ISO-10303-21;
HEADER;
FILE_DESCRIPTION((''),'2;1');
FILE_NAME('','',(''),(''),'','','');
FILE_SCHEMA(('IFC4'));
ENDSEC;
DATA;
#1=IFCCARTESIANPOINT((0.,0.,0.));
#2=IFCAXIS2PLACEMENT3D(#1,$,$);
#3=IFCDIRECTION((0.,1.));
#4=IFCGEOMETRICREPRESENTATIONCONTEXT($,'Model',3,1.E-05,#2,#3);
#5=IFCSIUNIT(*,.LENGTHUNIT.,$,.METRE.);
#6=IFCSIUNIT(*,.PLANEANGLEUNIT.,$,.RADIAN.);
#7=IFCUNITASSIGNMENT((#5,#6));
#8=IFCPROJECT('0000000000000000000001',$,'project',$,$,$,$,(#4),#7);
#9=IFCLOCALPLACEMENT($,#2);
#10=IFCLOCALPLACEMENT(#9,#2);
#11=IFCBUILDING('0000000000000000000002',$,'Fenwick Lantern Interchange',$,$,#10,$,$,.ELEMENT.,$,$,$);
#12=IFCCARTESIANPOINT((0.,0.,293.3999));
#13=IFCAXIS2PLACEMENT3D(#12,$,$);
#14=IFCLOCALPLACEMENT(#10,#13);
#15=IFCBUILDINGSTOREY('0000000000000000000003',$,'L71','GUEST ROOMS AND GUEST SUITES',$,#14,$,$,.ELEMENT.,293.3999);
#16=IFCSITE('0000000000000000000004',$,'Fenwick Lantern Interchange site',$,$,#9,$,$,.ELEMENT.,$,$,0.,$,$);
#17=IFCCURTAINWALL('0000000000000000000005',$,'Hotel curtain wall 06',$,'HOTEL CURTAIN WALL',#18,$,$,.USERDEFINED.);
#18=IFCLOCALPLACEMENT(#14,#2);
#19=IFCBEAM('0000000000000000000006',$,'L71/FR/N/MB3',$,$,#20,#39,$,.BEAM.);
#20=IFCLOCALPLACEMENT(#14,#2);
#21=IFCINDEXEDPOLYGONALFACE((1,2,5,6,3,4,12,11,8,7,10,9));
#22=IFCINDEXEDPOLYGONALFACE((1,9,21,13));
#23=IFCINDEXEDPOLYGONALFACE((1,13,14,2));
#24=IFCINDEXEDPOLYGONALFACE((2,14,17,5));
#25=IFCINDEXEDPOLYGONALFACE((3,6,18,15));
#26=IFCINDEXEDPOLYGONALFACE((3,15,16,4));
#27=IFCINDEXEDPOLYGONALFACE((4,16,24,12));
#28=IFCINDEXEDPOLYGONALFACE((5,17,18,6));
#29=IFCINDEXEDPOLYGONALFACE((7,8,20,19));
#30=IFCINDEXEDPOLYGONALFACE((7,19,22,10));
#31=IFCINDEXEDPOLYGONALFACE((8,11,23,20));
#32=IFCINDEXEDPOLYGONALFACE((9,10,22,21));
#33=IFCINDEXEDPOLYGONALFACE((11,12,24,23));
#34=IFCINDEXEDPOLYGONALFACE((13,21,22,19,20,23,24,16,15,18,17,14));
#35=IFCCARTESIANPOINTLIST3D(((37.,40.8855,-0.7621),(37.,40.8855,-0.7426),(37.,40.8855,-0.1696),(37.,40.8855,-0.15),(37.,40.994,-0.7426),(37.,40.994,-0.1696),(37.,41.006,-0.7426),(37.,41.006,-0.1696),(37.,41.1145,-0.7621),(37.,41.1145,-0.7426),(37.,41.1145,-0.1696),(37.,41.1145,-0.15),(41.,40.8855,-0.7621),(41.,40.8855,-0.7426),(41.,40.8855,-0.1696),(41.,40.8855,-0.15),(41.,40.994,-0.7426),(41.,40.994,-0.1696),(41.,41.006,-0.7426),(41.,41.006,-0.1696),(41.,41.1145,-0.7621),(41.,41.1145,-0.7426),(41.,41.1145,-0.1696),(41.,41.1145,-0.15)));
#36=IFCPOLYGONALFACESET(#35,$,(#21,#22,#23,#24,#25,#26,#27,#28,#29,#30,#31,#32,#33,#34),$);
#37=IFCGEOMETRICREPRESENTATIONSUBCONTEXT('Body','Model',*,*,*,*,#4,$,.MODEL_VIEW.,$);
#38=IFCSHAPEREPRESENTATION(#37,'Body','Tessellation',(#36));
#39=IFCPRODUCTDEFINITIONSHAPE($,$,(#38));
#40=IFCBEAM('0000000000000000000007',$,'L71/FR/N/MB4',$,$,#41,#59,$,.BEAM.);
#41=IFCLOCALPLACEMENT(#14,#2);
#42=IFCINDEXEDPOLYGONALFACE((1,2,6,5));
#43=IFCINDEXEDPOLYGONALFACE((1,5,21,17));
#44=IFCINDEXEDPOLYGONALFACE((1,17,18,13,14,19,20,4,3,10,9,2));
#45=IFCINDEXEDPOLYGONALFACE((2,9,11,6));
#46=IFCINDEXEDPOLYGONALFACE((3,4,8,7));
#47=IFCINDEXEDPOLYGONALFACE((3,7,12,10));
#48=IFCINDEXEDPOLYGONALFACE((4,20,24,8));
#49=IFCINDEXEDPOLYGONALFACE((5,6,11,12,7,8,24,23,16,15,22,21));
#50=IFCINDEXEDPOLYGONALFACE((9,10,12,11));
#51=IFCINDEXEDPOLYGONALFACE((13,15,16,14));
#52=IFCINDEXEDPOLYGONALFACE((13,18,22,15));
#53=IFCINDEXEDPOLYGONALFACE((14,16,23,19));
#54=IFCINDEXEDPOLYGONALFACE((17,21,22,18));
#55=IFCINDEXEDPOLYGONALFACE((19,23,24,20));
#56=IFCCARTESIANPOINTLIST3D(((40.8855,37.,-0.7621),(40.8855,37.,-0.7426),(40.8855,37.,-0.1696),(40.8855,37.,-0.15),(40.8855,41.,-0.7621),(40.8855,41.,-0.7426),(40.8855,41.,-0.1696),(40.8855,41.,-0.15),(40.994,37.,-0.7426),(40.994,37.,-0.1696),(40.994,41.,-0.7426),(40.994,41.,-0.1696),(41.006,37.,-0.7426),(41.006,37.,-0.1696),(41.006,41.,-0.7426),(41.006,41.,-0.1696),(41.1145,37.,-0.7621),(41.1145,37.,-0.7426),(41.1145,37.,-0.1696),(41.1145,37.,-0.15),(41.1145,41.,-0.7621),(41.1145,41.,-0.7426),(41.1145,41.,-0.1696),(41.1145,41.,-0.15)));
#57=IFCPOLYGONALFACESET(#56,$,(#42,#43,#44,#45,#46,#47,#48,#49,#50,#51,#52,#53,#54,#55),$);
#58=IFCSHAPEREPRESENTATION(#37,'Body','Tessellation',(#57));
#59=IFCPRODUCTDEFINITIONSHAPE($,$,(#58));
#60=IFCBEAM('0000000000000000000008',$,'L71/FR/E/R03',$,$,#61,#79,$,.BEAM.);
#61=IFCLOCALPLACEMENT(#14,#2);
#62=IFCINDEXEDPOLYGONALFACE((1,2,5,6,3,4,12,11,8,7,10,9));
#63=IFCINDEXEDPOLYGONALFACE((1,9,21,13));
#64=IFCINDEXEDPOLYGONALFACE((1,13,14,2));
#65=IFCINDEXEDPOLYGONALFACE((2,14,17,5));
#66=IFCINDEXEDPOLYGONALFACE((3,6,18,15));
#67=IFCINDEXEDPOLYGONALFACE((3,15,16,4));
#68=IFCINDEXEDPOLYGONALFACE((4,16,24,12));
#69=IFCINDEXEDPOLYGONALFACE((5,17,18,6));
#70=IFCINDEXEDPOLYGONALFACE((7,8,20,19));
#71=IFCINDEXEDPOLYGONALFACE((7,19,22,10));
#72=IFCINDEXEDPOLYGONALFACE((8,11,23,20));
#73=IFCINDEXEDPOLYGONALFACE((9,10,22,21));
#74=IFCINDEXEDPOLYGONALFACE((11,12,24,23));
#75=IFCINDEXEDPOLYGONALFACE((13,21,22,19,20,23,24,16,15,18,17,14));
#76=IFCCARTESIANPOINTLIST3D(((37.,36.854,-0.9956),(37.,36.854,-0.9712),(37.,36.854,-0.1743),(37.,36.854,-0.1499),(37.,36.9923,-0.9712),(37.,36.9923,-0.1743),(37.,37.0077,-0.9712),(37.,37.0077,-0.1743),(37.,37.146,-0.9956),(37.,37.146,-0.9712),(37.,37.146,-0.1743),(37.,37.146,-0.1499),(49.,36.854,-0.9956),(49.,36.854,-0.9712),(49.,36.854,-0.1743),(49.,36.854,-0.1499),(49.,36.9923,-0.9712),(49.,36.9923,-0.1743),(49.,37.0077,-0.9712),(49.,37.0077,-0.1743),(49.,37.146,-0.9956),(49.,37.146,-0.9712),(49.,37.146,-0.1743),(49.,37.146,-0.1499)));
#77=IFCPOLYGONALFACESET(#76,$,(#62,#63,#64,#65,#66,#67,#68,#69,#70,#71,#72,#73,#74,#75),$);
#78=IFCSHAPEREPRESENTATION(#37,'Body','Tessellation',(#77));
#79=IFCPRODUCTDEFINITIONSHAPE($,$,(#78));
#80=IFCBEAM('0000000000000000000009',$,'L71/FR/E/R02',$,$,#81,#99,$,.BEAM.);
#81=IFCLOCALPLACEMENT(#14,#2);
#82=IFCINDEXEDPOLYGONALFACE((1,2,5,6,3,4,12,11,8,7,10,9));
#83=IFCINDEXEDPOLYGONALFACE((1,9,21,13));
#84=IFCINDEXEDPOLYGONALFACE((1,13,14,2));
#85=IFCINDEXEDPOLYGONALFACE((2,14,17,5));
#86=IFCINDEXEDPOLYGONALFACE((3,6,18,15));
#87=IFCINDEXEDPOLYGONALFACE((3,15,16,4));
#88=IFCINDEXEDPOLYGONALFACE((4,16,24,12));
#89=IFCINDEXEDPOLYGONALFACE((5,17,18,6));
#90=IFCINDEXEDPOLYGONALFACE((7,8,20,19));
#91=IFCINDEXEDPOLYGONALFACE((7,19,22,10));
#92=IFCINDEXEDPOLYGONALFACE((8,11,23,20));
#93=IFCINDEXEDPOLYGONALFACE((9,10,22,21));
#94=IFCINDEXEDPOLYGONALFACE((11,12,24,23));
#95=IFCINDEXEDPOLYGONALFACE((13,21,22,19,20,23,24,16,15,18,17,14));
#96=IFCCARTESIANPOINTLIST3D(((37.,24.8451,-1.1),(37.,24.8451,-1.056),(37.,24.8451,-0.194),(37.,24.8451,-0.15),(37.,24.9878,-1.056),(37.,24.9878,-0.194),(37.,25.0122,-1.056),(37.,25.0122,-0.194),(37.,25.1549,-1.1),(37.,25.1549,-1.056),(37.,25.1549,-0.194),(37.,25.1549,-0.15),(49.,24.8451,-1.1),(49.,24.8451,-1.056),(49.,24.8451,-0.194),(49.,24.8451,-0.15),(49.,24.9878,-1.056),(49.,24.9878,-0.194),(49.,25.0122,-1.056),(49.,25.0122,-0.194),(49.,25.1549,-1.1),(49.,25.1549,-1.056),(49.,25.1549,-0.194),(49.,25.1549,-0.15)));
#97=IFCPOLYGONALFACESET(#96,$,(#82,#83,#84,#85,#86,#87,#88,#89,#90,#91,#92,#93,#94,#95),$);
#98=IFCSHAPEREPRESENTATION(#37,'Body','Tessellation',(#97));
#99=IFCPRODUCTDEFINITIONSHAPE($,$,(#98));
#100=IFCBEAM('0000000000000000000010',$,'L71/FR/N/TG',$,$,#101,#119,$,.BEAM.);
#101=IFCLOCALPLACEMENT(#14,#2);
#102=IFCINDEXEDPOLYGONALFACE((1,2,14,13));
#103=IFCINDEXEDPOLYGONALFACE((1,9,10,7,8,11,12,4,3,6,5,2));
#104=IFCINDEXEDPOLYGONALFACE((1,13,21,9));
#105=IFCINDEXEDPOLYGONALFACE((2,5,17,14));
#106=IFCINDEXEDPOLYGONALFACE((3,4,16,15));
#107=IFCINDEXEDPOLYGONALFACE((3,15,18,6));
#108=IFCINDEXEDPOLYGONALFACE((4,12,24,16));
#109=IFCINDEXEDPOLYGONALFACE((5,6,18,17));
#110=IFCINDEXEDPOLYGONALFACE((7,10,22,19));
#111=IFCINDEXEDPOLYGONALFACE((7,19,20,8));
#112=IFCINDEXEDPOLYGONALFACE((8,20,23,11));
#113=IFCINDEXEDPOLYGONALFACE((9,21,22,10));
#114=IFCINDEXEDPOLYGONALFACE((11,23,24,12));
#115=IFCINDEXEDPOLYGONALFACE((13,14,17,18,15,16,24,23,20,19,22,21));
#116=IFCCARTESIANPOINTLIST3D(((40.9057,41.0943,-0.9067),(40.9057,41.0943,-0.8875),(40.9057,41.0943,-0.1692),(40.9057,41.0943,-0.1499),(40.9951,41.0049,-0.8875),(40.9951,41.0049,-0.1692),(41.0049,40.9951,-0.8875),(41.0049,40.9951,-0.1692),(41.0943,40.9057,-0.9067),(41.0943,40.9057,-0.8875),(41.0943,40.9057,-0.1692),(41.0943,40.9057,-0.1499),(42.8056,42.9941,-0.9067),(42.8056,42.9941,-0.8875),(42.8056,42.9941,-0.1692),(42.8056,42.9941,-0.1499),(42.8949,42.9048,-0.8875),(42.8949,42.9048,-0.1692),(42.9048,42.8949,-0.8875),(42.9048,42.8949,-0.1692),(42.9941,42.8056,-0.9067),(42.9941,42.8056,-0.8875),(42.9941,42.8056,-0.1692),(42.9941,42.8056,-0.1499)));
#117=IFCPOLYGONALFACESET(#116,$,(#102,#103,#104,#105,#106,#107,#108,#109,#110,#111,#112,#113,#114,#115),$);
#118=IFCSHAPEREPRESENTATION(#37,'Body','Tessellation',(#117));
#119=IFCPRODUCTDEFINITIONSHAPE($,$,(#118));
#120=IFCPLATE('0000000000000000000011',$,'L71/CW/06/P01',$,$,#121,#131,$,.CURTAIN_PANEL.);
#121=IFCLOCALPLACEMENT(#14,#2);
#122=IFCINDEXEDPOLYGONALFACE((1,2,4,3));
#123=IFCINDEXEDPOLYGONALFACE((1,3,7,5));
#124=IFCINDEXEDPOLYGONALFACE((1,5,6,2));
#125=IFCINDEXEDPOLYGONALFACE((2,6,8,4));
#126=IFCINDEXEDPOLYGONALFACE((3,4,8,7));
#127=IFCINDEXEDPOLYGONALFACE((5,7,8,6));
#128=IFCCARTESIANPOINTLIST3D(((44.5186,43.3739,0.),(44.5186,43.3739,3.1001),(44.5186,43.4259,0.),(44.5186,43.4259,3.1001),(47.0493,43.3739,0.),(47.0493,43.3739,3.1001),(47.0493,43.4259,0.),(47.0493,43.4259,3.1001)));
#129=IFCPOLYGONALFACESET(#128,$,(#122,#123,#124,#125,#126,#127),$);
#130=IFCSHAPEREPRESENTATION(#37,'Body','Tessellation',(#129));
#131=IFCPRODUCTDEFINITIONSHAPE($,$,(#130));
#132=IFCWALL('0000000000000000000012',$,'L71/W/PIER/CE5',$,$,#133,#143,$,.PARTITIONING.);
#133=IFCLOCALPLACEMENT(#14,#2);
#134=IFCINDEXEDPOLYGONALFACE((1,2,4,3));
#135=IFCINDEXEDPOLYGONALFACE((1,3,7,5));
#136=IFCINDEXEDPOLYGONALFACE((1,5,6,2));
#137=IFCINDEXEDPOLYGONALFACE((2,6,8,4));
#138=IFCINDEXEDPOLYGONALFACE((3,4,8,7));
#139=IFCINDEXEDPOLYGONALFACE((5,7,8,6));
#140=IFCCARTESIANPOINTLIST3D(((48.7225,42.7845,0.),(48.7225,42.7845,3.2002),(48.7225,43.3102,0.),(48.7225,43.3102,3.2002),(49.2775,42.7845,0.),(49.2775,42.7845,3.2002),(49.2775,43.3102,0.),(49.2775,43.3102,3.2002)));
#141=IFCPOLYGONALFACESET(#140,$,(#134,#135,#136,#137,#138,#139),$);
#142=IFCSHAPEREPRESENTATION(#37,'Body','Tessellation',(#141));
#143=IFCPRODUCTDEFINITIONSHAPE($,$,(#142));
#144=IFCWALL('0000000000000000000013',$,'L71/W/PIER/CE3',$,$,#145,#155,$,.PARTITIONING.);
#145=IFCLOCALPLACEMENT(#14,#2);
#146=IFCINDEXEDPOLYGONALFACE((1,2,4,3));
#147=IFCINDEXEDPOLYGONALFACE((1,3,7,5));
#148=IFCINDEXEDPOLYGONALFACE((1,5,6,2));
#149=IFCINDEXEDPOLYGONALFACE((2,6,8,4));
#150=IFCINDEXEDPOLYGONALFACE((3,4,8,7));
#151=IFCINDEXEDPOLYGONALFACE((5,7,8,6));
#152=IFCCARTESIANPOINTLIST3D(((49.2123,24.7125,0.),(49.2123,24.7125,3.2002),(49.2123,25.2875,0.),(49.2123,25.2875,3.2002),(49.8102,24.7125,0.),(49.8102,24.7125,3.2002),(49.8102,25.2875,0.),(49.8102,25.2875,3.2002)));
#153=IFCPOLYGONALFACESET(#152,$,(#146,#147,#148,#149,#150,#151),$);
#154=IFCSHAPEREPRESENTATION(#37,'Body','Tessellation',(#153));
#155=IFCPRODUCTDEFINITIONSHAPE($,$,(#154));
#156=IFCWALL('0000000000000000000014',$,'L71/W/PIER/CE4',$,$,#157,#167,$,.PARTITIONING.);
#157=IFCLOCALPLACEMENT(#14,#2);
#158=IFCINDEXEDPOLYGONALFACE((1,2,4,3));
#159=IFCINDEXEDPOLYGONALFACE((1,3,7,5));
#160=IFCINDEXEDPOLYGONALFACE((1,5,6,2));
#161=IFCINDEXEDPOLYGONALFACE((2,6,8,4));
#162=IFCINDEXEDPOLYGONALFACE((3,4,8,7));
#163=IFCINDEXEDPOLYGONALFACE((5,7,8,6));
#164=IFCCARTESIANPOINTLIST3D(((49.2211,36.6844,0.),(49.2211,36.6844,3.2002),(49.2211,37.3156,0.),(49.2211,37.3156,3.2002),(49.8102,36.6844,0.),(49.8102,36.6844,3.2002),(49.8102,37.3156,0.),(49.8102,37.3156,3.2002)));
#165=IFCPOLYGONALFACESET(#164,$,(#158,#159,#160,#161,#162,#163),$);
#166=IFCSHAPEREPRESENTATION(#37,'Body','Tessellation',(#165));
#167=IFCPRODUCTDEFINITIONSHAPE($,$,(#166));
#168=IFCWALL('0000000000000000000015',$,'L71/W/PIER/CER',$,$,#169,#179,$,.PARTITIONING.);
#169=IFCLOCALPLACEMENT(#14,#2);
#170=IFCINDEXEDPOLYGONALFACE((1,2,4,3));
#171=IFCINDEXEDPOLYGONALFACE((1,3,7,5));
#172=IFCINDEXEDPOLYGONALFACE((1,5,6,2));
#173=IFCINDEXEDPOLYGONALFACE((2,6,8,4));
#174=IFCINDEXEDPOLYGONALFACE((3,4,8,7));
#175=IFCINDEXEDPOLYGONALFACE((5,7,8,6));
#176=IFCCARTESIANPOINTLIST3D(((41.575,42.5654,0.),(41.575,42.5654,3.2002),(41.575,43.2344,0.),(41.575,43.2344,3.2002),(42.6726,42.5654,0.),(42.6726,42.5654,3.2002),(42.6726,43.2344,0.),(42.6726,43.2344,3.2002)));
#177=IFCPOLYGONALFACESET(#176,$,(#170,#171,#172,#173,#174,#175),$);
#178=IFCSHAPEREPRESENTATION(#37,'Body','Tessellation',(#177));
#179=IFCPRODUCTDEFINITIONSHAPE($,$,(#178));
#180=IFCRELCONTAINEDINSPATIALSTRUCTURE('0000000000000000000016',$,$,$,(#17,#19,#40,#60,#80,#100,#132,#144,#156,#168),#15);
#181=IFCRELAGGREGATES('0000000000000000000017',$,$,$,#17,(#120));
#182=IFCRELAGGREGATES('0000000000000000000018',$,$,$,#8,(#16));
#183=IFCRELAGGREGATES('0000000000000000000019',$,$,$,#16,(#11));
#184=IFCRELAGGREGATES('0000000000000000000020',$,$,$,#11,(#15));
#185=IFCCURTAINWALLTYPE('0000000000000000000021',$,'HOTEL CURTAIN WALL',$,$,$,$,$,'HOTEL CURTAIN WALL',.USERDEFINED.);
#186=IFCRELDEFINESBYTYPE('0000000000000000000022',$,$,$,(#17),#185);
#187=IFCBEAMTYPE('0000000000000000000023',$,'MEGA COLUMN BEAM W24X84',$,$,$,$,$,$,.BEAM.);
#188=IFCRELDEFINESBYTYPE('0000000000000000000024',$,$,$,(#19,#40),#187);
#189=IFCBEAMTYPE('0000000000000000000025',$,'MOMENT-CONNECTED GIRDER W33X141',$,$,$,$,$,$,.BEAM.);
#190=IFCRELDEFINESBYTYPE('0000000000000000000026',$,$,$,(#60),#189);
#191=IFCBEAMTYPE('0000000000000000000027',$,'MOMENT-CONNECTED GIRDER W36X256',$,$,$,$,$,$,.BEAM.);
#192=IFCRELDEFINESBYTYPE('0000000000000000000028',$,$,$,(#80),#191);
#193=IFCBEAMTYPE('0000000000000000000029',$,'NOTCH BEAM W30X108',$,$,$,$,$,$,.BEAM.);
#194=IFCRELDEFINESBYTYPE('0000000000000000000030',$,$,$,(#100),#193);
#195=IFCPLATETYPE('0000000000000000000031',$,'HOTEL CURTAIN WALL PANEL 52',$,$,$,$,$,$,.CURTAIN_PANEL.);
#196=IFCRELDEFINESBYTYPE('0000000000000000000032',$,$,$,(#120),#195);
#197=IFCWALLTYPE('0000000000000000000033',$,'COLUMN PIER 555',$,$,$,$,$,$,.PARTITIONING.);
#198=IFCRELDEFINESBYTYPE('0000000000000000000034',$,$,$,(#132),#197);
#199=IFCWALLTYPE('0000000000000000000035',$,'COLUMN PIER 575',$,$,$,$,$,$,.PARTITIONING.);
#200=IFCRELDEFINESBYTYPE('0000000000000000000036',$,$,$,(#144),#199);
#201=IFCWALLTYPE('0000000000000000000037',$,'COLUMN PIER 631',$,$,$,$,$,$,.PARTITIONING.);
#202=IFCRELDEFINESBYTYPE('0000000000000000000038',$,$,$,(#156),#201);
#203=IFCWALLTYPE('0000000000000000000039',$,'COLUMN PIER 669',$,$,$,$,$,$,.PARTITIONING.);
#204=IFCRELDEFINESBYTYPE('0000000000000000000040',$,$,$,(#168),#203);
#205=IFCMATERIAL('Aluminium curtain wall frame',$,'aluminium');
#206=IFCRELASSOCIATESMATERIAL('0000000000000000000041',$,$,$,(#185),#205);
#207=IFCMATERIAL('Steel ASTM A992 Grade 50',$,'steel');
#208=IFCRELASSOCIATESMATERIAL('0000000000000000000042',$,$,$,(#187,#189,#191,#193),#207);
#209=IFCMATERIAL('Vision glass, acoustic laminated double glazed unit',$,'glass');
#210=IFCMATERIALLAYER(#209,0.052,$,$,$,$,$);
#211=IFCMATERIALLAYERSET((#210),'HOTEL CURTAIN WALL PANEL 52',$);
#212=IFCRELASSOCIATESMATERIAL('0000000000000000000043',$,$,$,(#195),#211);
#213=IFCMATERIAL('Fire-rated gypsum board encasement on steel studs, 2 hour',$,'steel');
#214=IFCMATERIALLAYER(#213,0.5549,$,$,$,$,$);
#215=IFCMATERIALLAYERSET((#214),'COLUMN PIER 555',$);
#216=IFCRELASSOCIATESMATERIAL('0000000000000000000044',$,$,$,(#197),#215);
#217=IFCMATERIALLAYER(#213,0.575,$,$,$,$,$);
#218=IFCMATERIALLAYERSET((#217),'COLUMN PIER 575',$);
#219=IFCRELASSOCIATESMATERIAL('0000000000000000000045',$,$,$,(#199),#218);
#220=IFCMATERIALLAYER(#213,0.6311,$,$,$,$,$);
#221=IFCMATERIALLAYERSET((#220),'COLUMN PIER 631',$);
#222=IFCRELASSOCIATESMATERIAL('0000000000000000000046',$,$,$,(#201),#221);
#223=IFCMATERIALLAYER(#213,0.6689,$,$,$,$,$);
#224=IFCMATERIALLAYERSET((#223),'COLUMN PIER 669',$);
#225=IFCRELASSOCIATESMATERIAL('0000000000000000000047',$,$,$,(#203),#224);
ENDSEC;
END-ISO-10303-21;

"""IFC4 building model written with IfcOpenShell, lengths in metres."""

from ifc_helpers import new_model, si_unit, direction, frame, frame_2d, origin, origin_2d, place, context, subcontext, project, spatial, rectangle, i_section, extrude, material, layer, layer_set, material_profile, profile_set, type_object, element, aggregate, save


model = new_model("IFC4")

# Units and contexts
model_context = context("Model", 3, precision=1e-05, world=origin(), true_north=direction((0.0, 1.0)))
body_context = subcontext(model_context, "Body", "Model", "MODEL_VIEW")
ifc_project = project(units=[si_unit("LENGTHUNIT", "METRE"), si_unit("PLANEANGLEUNIT", "RADIAN")], contexts=[model_context])

# Site, building, storey
site_placement = place(None, origin())
site = spatial("IfcSite", under=ifc_project, at=site_placement, Name="Fenwick Lantern Interchange site", CompositionType="ELEMENT", RefElevation=0.0)
building_placement = place(site_placement, origin())
building = spatial("IfcBuilding", under=site, at=building_placement, Name="Fenwick Lantern Interchange", CompositionType="ELEMENT")
storey_placement = place(building_placement, frame((0.0, 0.0, 293.3999)))
storey = spatial("IfcBuildingStorey", under=building, at=storey_placement, Name="L71", Description="GUEST ROOMS AND GUEST SUITES", CompositionType="ELEMENT", Elevation=293.3999)

# Shared definitions
ifc_material_1 = material(Name="Steel ASTM A992 Grade 50", Category="steel")

# Shared definitions
ifc_material_2 = material(Name="Aluminium curtain wall frame", Category="aluminium")
curtain_wall_type = type_object("IfcCurtainWallType", Name="HOTEL CURTAIN WALL", ElementType="HOTEL CURTAIN WALL", PredefinedType="USERDEFINED", material=ifc_material_2)

# Curtain wall
curtain_wall_1_placement = place(storey_placement, origin())
curtain_wall_1 = element("IfcCurtainWall", 1, at=curtain_wall_1_placement, inside=storey, type_object=curtain_wall_type, Name="Hotel curtain wall 06", ObjectType="HOTEL CURTAIN WALL", PredefinedType="USERDEFINED")

# Beams
ifc_material_profile_1 = material_profile(ifc_material_1, i_section(OverallWidth=0.229, OverallDepth=0.6121, WebThickness=0.012, FlangeThickness=0.0195, at=origin_2d()), Name="W24X84")
ifc_profile_set_1 = profile_set([ifc_material_profile_1], Name="Steel ASTM A992 Grade 50")
beam_type_1 = type_object("IfcBeamType", Name="MEGA COLUMN BEAM W24X84", PredefinedType="BEAM", material=ifc_profile_set_1)
for number, where, z_axis, x_axis, name in (
    (2, (41.0, 41.0, -0.4561), (-1.0, 0.0, 0.0), (0.0, -1.0, 0.0), "L71/FR/N/MB3"),
    (3, (41.0, 41.0, -0.4561), (0.0, -1.0, 0.0), (1.0, 0.0, 0.0), "L71/FR/N/MB4"),
):
    element("IfcBeam", number, at=place(storey_placement, frame(where, z_axis=z_axis, x_axis=x_axis)), inside=storey, type_object=beam_type_1, Name=name, PredefinedType="BEAM", context=body_context, shape_type="SweptSolid", body=[
        extrude(i_section(OverallWidth=0.229, OverallDepth=0.6121, WebThickness=0.012, FlangeThickness=0.0195, at=origin_2d()), origin(), (0.0, 0.0, 1.0), 4.0),
    ])
ifc_material_profile_2 = material_profile(ifc_material_1, i_section(OverallWidth=0.292, OverallDepth=0.8457, WebThickness=0.0154, FlangeThickness=0.0244, at=origin_2d()), Name="W33X141")
ifc_profile_set_2 = profile_set([ifc_material_profile_2], Name="Steel ASTM A992 Grade 50")
beam_type_2 = type_object("IfcBeamType", Name="MOMENT-CONNECTED GIRDER W33X141", PredefinedType="BEAM", material=ifc_profile_set_2)
beam_1_placement = place(storey_placement, frame((49.0, 37.0, -0.5728), z_axis=(-1.0, 0.0, 0.0), x_axis=(0.0, -1.0, 0.0)))
element("IfcBeam", 4, at=beam_1_placement, inside=storey, type_object=beam_type_2, Name="L71/FR/E/R03", PredefinedType="BEAM", context=body_context, shape_type="SweptSolid", body=[
    extrude(i_section(OverallWidth=0.292, OverallDepth=0.8457, WebThickness=0.0154, FlangeThickness=0.0244, at=origin_2d()), origin(), (0.0, 0.0, 1.0), 12.0),
])
ifc_material_profile_3 = material_profile(ifc_material_1, i_section(OverallWidth=0.3098, OverallDepth=0.95, WebThickness=0.0244, FlangeThickness=0.0439, at=origin_2d()), Name="W36X256")
ifc_profile_set_3 = profile_set([ifc_material_profile_3], Name="Steel ASTM A992 Grade 50")
beam_type_3 = type_object("IfcBeamType", Name="MOMENT-CONNECTED GIRDER W36X256", PredefinedType="BEAM", material=ifc_profile_set_3)
beam_2_placement = place(storey_placement, frame((49.0, 25.0, -0.625), z_axis=(-1.0, 0.0, 0.0), x_axis=(0.0, -1.0, 0.0)))
element("IfcBeam", 5, at=beam_2_placement, inside=storey, type_object=beam_type_3, Name="L71/FR/E/R02", PredefinedType="BEAM", context=body_context, shape_type="SweptSolid", body=[
    extrude(i_section(OverallWidth=0.3098, OverallDepth=0.95, WebThickness=0.0244, FlangeThickness=0.0439, at=origin_2d()), origin(), (0.0, 0.0, 1.0), 12.0),
])
ifc_material_profile_4 = material_profile(ifc_material_1, i_section(OverallWidth=0.2666, OverallDepth=0.7568, WebThickness=0.0139, FlangeThickness=0.0193, at=origin_2d()), Name="W30X108")
ifc_profile_set_4 = profile_set([ifc_material_profile_4], Name="Steel ASTM A992 Grade 50")
beam_type_4 = type_object("IfcBeamType", Name="NOTCH BEAM W30X108", PredefinedType="BEAM", material=ifc_profile_set_4)
beam_3_placement = place(storey_placement, frame((41.0, 41.0, -0.5283), z_axis=(0.707107, 0.707107, 0.0), x_axis=(-0.707107, 0.707107, 0.0)))
element("IfcBeam", 6, at=beam_3_placement, inside=storey, type_object=beam_type_4, Name="L71/FR/N/TG", PredefinedType="BEAM", context=body_context, shape_type="SweptSolid", body=[
    extrude(i_section(OverallWidth=0.2666, OverallDepth=0.7568, WebThickness=0.0139, FlangeThickness=0.0193, at=origin_2d()), origin(), (0.0, 0.0, 1.0), 2.6868),
])

# Plate
ifc_material_3 = material(Name="Vision glass, acoustic laminated double glazed unit", Category="glass")
ifc_layer_1 = layer(ifc_material_3, 0.052)
ifc_layer_set_1 = layer_set([ifc_layer_1], Name="HOTEL CURTAIN WALL PANEL 52")
plate_type = type_object("IfcPlateType", Name="HOTEL CURTAIN WALL PANEL 52", PredefinedType="CURTAIN_PANEL", material=ifc_layer_set_1)
plate_placement = place(storey_placement, frame((45.7839, 43.3999, 0.0), z_axis=(0.0, 0.0, 1.0), x_axis=(-1.0, 0.0, 0.0)))
plate = element("IfcPlate", 7, at=plate_placement, type_object=plate_type, Name="L71/CW/06/P01", PredefinedType="CURTAIN_PANEL", context=body_context, shape_type="SweptSolid", body=[
    extrude(rectangle(XDim=2.5308, YDim=0.052, at=origin_2d()), origin(), (0.0, 0.0, 1.0), 3.1001),
])
aggregate(curtain_wall_1, [plate])

# Walls
ifc_material_4 = material(Name="Fire-rated gypsum board encasement on steel studs, 2 hour", Category="steel")
ifc_layer_2 = layer(ifc_material_4, 0.5549)
ifc_layer_set_2 = layer_set([ifc_layer_2], Name="COLUMN PIER 555")
wall_type_1 = type_object("IfcWallType", Name="COLUMN PIER 555", PredefinedType="PARTITIONING", material=ifc_layer_set_2)
wall_1_placement = place(storey_placement, frame((49.0, 43.3101, 0.0), z_axis=(0.0, 0.0, 1.0), x_axis=(0.0, -1.0, 0.0)))
element("IfcWall", 8, at=wall_1_placement, inside=storey, type_object=wall_type_1, Name="L71/W/PIER/CE5", PredefinedType="PARTITIONING", context=body_context, shape_type="SweptSolid", body=[
    extrude(rectangle(XDim=0.5256, YDim=0.5549, at=frame_2d((0.2627, 0.0))), origin(), (0.0, 0.0, 1.0), 3.2002),
])
ifc_layer_3 = layer(ifc_material_4, 0.575)
ifc_layer_set_3 = layer_set([ifc_layer_3], Name="COLUMN PIER 575")
wall_type_2 = type_object("IfcWallType", Name="COLUMN PIER 575", PredefinedType="PARTITIONING", material=ifc_layer_set_3)
wall_2_placement = place(storey_placement, frame((49.8101, 25.0, 0.0), z_axis=(0.0, 0.0, 1.0), x_axis=(-1.0, 0.0, 0.0)))
element("IfcWall", 9, at=wall_2_placement, inside=storey, type_object=wall_type_2, Name="L71/W/PIER/CE3", PredefinedType="PARTITIONING", context=body_context, shape_type="SweptSolid", body=[
    extrude(rectangle(XDim=0.5979, YDim=0.575, at=frame_2d((0.2988, 0.0))), origin(), (0.0, 0.0, 1.0), 3.2002),
])
ifc_layer_4 = layer(ifc_material_4, 0.6311)
ifc_layer_set_4 = layer_set([ifc_layer_4], Name="COLUMN PIER 631")
wall_type_3 = type_object("IfcWallType", Name="COLUMN PIER 631", PredefinedType="PARTITIONING", material=ifc_layer_set_4)
wall_3_placement = place(storey_placement, frame((49.8101, 37.0, 0.0), z_axis=(0.0, 0.0, 1.0), x_axis=(-1.0, 0.0, 0.0)))
element("IfcWall", 10, at=wall_3_placement, inside=storey, type_object=wall_type_3, Name="L71/W/PIER/CE4", PredefinedType="PARTITIONING", context=body_context, shape_type="SweptSolid", body=[
    extrude(rectangle(XDim=0.5891, YDim=0.6311, at=frame_2d((0.2944, 0.0))), origin(), (0.0, 0.0, 1.0), 3.2002),
])
ifc_layer_5 = layer(ifc_material_4, 0.6689)
ifc_layer_set_5 = layer_set([ifc_layer_5], Name="COLUMN PIER 669")
wall_type_4 = type_object("IfcWallType", Name="COLUMN PIER 669", PredefinedType="PARTITIONING", material=ifc_layer_set_5)
wall_4_placement = place(storey_placement, frame((41.575, 42.8999, 0.0), z_axis=(0.0, 0.0, 1.0), x_axis=(1.0, 0.0, 0.0)))
element("IfcWall", 11, at=wall_4_placement, inside=storey, type_object=wall_type_4, Name="L71/W/PIER/CER", PredefinedType="PARTITIONING", context=body_context, shape_type="SweptSolid", body=[
    extrude(rectangle(XDim=1.0977, YDim=0.6689, at=frame_2d((0.5488, 0.0))), origin(), (0.0, 0.0, 1.0), 3.2002),
])

save(model, "model.ifc")
